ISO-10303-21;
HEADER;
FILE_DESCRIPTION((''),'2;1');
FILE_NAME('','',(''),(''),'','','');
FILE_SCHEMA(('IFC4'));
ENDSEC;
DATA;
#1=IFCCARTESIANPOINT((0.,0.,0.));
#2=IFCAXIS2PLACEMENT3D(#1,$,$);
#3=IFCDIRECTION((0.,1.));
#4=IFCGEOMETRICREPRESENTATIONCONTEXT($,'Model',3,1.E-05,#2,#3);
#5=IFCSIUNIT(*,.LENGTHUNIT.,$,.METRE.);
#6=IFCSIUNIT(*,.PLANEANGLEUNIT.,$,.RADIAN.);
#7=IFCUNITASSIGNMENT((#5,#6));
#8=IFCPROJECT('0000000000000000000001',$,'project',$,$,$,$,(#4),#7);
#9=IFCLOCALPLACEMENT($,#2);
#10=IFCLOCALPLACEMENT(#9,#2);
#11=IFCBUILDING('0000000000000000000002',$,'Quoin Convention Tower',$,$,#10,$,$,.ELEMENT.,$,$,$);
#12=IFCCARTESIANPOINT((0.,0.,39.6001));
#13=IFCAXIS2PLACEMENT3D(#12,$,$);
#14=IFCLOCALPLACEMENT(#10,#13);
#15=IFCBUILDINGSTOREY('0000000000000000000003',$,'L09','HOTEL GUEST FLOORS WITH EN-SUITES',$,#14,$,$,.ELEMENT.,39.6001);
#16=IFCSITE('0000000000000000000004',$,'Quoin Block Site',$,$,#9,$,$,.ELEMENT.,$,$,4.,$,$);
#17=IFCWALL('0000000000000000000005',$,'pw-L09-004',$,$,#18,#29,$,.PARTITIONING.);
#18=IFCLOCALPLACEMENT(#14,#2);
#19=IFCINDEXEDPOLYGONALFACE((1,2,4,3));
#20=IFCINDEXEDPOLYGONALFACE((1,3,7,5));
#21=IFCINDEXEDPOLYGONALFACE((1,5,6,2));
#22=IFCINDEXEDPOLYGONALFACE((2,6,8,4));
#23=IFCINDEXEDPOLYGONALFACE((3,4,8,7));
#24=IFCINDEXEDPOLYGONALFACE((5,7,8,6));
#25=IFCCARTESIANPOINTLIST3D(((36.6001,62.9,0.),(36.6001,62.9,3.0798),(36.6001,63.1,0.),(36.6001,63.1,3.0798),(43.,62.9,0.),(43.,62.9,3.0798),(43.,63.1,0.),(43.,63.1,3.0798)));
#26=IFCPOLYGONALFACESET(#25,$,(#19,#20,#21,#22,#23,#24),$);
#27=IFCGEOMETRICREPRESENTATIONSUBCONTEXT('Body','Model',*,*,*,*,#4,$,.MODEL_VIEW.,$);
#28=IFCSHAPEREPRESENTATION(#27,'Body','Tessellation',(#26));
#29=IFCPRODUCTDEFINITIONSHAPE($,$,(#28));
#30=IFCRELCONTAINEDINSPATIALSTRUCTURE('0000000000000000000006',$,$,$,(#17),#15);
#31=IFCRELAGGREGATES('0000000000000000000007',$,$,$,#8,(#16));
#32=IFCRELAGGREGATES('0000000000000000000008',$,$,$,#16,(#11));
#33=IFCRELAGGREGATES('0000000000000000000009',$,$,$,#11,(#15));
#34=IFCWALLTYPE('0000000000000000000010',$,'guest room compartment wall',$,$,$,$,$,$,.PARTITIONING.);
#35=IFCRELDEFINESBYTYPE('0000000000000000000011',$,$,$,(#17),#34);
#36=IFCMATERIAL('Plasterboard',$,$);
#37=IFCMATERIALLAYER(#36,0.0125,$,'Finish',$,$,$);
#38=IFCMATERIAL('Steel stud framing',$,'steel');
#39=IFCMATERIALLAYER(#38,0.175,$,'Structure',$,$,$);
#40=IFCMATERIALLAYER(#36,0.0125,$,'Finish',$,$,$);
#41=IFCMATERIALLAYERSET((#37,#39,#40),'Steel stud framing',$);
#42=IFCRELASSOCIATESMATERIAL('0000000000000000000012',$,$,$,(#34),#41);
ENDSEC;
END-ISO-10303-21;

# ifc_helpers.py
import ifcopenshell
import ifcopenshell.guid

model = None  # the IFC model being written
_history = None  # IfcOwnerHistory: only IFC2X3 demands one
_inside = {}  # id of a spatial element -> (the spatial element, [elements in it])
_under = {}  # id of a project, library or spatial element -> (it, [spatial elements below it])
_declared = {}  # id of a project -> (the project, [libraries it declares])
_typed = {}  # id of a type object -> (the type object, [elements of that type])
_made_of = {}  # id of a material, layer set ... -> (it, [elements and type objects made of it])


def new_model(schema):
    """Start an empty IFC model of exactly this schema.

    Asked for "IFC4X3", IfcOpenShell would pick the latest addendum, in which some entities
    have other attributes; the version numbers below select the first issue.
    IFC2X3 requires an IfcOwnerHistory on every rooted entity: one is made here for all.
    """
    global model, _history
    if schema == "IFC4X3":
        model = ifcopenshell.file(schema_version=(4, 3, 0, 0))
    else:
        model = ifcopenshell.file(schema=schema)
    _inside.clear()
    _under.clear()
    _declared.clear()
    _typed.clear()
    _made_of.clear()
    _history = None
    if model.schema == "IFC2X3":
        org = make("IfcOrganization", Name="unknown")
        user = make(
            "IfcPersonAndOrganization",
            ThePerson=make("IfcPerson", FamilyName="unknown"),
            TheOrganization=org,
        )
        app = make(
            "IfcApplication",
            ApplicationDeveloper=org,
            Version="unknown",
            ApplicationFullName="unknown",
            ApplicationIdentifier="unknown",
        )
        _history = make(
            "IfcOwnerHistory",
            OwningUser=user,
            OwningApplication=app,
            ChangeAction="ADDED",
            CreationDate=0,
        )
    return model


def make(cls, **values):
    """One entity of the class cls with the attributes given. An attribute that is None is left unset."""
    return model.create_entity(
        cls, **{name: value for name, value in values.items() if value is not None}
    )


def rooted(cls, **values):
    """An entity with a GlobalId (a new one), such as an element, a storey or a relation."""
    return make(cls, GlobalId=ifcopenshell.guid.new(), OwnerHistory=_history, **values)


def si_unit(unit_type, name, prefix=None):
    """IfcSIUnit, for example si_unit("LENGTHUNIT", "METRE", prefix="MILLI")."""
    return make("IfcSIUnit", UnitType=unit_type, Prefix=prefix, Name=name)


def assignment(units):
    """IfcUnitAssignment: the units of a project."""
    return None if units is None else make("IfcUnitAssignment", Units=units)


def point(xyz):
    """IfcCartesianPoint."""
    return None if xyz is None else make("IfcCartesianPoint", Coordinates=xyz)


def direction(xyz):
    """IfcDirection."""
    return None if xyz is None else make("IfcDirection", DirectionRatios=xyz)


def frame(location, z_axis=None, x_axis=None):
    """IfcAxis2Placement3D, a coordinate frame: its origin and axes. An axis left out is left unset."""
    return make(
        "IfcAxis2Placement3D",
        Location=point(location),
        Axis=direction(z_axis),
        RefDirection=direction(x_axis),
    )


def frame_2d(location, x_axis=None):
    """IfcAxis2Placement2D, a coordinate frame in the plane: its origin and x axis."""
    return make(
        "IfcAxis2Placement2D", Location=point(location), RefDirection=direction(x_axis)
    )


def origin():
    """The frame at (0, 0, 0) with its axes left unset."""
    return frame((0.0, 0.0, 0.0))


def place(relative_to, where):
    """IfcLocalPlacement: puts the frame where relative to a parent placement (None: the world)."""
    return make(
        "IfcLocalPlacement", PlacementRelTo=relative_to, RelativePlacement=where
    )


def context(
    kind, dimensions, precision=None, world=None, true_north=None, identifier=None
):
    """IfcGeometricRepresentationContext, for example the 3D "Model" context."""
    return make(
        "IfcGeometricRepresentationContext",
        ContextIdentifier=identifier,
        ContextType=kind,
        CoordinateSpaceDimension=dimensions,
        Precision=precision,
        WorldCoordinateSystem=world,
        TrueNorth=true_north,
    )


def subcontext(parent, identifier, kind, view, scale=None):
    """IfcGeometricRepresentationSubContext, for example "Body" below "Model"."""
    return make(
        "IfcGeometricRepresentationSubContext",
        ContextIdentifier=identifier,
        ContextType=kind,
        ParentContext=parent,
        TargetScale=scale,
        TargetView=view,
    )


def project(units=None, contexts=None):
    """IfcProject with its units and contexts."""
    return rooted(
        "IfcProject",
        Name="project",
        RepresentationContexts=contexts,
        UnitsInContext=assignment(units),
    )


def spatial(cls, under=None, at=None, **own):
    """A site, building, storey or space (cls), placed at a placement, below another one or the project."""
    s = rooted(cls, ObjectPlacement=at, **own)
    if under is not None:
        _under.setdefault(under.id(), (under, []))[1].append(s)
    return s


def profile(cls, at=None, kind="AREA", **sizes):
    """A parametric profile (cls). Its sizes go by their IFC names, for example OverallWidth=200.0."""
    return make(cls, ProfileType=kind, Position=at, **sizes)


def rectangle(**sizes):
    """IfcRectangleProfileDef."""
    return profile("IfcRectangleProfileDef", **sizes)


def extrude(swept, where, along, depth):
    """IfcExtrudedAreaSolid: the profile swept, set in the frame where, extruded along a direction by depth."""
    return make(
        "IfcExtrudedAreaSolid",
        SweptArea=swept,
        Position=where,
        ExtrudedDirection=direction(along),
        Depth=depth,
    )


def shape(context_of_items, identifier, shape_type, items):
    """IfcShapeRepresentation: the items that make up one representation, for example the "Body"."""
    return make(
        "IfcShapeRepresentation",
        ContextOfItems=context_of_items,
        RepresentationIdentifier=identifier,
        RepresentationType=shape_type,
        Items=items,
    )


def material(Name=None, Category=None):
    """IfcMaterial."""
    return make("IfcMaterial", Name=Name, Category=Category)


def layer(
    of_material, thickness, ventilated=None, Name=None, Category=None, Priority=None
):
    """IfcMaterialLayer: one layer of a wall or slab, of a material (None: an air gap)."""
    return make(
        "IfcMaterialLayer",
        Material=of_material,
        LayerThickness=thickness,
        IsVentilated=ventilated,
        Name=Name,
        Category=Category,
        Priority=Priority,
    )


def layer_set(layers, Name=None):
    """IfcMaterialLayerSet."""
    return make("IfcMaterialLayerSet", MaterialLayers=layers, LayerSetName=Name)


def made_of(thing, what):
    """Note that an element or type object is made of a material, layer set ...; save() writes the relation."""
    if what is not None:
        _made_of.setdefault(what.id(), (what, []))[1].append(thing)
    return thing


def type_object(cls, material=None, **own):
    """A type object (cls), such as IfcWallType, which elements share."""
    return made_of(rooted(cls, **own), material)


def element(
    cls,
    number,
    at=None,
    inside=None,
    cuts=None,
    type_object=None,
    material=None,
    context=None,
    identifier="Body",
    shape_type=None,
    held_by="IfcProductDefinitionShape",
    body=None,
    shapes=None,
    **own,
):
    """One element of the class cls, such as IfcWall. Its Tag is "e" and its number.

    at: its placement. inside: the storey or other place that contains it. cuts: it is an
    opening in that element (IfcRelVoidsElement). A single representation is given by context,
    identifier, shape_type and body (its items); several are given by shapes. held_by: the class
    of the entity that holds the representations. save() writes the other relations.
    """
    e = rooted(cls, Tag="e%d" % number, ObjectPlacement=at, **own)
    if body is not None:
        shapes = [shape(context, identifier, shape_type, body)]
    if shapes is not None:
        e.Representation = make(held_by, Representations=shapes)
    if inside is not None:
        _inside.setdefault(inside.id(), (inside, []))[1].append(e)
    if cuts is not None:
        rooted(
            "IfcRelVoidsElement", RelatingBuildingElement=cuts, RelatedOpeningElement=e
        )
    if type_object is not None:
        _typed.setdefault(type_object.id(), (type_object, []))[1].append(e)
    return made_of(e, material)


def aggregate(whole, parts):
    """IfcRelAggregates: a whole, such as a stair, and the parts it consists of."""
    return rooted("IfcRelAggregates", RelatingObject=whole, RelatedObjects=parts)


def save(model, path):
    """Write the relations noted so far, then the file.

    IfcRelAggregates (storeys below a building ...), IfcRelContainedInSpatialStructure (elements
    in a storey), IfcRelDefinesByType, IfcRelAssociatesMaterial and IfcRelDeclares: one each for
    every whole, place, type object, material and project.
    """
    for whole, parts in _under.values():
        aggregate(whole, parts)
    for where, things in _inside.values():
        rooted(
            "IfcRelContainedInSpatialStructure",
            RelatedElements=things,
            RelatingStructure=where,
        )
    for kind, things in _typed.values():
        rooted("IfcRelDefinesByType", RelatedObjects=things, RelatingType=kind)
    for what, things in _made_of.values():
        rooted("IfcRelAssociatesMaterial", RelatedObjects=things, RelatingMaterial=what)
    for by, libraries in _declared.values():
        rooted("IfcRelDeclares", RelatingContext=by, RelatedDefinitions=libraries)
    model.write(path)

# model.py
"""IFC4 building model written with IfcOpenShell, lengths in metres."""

from ifc_helpers import new_model, si_unit, direction, frame, frame_2d, origin, place, context, subcontext, project, spatial, rectangle, extrude, material, layer, layer_set, type_object, element, save


model = new_model("IFC4")

# Units and contexts
model_context = context("Model", 3, precision=1e-05, world=origin(), true_north=direction((0.0, 1.0)))
body_context = subcontext(model_context, "Body", "Model", "MODEL_VIEW")
ifc_project = project(units=[si_unit("LENGTHUNIT", "METRE"), si_unit("PLANEANGLEUNIT", "RADIAN")], contexts=[model_context])

# Site, building, storey
site_placement = place(None, origin())
site = spatial("IfcSite", under=ifc_project, at=site_placement, Name="Quoin Block Site", CompositionType="ELEMENT", RefElevation=4.0)
building_placement = place(site_placement, origin())
building = spatial("IfcBuilding", under=site, at=building_placement, Name="Quoin Convention Tower", CompositionType="ELEMENT")
storey_placement = place(building_placement, frame((0.0, 0.0, 39.6001)))
storey = spatial("IfcBuildingStorey", under=building, at=storey_placement, Name="L09", Description="HOTEL GUEST FLOORS WITH EN-SUITES", CompositionType="ELEMENT", Elevation=39.6001)

# Shared definitions
ifc_material_1 = material(Name="Plasterboard")
ifc_material_2 = material(Name="Steel stud framing", Category="steel")

# Wall
ifc_layer_1 = layer(ifc_material_1, 0.0125, Name="Finish")
ifc_layer_2 = layer(ifc_material_2, 0.175, Name="Structure")
ifc_layer_3 = layer(ifc_material_1, 0.0125, Name="Finish")
ifc_layer_set_1 = layer_set([ifc_layer_1, ifc_layer_2, ifc_layer_3], Name="Steel stud framing")
wall_type_1 = type_object("IfcWallType", Name="guest room compartment wall", PredefinedType="PARTITIONING", material=ifc_layer_set_1)
wall_1_placement = place(storey_placement, frame((36.6001, 63.0, 0.0), z_axis=(0.0, 0.0, 1.0), x_axis=(1.0, 0.0, 0.0)))
element("IfcWall", 1, at=wall_1_placement, inside=storey, type_object=wall_type_1, Name="pw-L09-004", PredefinedType="PARTITIONING", context=body_context, shape_type="SweptSolid", body=[
    extrude(rectangle(XDim=6.3999, YDim=0.2, at=frame_2d((3.2, 0.0))), origin(), (0.0, 0.0, 1.0), 3.0798),
])

save(model, "model.ifc")
